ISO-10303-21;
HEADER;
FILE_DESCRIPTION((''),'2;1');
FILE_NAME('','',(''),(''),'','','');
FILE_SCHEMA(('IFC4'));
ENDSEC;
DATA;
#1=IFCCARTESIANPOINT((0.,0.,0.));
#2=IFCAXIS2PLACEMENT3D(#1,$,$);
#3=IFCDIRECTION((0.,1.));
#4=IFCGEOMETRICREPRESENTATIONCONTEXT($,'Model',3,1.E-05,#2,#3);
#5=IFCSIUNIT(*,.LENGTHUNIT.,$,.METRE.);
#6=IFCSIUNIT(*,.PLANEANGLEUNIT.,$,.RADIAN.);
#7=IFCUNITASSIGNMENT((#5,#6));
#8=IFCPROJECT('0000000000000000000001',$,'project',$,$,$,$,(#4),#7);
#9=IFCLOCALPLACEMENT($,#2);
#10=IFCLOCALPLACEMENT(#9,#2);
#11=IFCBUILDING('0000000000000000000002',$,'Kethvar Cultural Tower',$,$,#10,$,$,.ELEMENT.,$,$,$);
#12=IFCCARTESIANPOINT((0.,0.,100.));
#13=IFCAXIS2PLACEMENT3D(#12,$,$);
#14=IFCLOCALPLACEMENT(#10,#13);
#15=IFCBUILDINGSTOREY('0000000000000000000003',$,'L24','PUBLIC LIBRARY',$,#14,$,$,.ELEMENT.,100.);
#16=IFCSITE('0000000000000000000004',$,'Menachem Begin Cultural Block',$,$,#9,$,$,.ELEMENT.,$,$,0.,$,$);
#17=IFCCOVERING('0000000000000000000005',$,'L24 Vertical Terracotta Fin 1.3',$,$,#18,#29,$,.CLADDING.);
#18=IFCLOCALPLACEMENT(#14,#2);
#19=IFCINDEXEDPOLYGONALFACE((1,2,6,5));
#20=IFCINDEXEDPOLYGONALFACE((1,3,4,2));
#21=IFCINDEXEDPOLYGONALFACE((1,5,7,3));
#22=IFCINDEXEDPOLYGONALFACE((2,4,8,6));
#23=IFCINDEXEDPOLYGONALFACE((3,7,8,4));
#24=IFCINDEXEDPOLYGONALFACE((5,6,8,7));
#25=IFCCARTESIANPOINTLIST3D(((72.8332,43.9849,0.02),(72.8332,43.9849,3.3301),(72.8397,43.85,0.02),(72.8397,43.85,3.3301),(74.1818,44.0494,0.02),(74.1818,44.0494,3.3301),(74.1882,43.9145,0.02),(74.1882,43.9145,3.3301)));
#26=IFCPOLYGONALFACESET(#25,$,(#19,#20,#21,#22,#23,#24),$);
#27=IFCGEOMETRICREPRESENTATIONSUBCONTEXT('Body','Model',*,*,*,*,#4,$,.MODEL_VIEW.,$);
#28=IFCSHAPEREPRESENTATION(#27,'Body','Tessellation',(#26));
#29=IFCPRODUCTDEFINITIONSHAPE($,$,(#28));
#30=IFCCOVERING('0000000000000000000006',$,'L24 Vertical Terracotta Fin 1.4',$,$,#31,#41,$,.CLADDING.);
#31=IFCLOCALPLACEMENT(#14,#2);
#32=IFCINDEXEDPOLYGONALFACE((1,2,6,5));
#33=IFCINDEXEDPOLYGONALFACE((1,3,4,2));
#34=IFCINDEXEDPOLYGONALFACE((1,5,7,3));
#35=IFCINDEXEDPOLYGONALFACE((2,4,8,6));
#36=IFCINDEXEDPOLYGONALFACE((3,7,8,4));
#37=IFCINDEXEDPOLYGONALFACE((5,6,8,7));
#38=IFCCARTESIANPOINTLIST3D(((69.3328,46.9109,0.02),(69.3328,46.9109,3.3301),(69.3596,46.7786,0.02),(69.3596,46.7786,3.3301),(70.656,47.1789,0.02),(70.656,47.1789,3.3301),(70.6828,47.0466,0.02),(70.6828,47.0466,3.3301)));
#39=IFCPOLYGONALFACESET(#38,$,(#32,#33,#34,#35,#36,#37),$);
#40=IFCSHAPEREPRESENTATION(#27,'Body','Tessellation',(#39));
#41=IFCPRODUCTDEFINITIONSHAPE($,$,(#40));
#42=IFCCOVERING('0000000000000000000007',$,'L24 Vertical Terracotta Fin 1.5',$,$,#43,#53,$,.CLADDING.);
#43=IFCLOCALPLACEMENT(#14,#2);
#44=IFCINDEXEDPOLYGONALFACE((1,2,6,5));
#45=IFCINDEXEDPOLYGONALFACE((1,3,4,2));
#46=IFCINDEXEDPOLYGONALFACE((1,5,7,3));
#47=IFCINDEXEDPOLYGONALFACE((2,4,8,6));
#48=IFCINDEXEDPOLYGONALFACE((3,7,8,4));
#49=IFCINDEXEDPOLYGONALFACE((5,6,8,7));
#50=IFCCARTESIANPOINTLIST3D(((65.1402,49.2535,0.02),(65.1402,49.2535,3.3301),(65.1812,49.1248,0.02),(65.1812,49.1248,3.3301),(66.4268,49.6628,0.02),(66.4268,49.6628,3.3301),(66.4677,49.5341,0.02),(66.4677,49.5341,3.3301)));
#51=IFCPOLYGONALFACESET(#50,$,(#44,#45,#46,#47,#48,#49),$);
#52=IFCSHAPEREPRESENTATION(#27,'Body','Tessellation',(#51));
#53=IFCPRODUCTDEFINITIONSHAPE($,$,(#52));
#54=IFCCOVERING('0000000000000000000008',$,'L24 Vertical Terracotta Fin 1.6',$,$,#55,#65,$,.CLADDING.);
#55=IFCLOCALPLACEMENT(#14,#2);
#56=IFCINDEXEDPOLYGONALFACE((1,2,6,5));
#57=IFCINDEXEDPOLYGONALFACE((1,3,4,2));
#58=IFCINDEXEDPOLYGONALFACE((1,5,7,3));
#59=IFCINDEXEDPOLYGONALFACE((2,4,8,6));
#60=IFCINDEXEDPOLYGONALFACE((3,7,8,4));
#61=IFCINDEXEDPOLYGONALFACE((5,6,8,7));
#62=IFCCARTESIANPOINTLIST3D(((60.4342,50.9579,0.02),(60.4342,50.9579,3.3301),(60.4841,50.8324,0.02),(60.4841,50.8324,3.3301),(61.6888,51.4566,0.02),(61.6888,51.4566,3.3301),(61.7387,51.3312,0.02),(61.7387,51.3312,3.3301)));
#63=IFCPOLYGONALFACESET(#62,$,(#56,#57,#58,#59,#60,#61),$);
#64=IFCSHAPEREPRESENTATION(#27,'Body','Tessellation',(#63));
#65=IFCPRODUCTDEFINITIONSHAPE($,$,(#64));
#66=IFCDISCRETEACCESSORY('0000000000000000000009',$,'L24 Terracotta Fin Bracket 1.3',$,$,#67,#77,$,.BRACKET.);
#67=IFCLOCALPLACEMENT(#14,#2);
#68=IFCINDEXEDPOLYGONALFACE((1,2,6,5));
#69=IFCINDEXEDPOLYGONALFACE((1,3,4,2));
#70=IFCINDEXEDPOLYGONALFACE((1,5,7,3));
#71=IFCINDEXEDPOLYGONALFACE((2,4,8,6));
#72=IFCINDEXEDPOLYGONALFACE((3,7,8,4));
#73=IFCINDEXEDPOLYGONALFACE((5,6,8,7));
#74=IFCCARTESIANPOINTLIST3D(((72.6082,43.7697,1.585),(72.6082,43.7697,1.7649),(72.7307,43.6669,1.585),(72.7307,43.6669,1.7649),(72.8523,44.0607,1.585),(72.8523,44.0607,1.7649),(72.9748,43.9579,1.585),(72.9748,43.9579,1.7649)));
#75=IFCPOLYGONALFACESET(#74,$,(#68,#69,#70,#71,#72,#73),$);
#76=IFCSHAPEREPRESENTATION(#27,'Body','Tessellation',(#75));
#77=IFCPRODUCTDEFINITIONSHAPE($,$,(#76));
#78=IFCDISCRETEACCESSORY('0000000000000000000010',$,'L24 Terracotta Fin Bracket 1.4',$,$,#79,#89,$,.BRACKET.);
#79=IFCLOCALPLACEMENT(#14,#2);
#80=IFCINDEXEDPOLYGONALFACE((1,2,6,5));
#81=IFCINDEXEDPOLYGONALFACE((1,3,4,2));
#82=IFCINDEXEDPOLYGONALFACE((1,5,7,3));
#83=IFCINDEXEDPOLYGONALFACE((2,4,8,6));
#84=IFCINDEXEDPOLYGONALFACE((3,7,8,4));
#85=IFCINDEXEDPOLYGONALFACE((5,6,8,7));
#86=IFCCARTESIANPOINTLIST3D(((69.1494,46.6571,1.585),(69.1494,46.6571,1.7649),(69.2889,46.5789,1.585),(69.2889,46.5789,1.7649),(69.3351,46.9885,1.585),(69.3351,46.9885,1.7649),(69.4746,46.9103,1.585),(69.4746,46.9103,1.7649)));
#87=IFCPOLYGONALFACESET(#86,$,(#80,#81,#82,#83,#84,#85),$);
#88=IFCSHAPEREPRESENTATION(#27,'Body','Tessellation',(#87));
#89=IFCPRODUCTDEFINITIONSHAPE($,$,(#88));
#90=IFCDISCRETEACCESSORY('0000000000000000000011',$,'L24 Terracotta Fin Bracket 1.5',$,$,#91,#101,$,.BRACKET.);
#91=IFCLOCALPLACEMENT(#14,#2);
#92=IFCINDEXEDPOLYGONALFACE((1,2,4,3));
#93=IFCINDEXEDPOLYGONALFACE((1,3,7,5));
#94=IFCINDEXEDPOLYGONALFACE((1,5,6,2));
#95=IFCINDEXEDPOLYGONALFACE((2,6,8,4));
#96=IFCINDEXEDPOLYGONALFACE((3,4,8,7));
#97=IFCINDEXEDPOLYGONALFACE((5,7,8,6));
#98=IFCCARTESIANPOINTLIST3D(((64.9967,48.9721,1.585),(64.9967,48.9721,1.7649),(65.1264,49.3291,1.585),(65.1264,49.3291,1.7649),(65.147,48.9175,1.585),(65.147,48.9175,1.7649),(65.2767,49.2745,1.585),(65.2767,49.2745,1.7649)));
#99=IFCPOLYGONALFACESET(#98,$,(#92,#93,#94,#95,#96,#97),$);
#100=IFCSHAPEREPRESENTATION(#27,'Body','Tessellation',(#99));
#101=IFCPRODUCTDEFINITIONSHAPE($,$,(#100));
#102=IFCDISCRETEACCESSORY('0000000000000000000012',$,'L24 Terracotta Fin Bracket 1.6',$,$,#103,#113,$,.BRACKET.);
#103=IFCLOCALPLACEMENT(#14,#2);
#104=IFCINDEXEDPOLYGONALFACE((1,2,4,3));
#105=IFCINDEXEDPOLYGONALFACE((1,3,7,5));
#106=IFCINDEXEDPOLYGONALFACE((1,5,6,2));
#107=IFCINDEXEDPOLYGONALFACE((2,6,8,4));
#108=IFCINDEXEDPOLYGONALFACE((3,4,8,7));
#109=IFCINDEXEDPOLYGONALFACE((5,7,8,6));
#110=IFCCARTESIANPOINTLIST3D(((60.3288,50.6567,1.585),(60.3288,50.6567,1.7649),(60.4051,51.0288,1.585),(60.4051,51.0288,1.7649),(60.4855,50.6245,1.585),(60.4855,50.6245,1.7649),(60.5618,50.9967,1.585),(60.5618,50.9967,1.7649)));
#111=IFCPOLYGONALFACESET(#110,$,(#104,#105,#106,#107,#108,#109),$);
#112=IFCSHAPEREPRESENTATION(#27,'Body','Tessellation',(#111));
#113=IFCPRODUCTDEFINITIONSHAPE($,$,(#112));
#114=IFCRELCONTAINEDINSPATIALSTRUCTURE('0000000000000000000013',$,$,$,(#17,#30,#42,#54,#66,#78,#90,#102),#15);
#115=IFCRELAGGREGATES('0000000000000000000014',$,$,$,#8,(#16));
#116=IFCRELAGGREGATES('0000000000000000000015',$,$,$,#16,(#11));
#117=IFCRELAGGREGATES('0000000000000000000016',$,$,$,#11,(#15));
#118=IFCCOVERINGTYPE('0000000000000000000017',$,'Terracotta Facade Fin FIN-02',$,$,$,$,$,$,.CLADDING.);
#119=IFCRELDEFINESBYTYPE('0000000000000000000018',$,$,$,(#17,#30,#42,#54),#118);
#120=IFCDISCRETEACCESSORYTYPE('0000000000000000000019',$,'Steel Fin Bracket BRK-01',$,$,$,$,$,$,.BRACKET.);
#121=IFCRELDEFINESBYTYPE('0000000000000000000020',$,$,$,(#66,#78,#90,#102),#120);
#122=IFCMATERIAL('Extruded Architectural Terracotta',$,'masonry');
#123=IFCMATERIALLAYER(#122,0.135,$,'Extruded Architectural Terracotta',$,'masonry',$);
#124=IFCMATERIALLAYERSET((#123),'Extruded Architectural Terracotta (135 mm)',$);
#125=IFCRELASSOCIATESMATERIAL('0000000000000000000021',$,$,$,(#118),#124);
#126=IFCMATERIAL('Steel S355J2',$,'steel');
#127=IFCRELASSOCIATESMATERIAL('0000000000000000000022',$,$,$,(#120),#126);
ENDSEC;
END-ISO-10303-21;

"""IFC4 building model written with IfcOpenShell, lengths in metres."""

from ifc_helpers import new_model, si_unit, direction, frame, origin, origin_2d, place, context, subcontext, project, spatial, rectangle, extrude, source, transform, mapped, material, layer, layer_set, type_object, element, save


model = new_model("IFC4")

# Units and contexts
model_context = context("Model", 3, precision=1e-05, world=origin(), true_north=direction((0.0, 1.0)))
body_context = subcontext(model_context, "Body", "Model", "MODEL_VIEW")
ifc_project = project(units=[si_unit("LENGTHUNIT", "METRE"), si_unit("PLANEANGLEUNIT", "RADIAN")], contexts=[model_context])

# Site, building, storey
site_placement = place(None, origin())
site = spatial("IfcSite", under=ifc_project, at=site_placement, Name="Menachem Begin Cultural Block", CompositionType="ELEMENT", RefElevation=0.0)
building_placement = place(site_placement, origin())
building = spatial("IfcBuilding", under=site, at=building_placement, Name="Kethvar Cultural Tower", CompositionType="ELEMENT")
storey_placement = place(building_placement, frame((0.0, 0.0, 100.0)))
storey = spatial("IfcBuildingStorey", under=building, at=storey_placement, Name="L24", Description="PUBLIC LIBRARY", CompositionType="ELEMENT", Elevation=100.0)

# Shared definitions
ifc_material_1 = material(Name="Steel S355J2", Category="steel")

# Coverings
ifc_material_2 = material(Name="Extruded Architectural Terracotta", Category="masonry")
ifc_layer_1 = layer(ifc_material_2, 0.135, Name="Extruded Architectural Terracotta", Category="masonry")
ifc_layer_set_1 = layer_set([ifc_layer_1], Name="Extruded Architectural Terracotta (135 mm)")
covering_type = type_object("IfcCoveringType", Name="Terracotta Facade Fin FIN-02", PredefinedType="CLADDING", material=ifc_layer_set_1)
shared_shape_1 = source(origin(), body_context, "Body", "SweptSolid", [
    extrude(rectangle(XDim=1.3501, YDim=0.135, at=origin_2d()), origin(), (0.0, 0.0, 1.0), 3.3101),
])
for number, where, z_axis, x_axis, name in (
    (1, (73.5107, 43.9497, 0.02), (0.0, 0.0, 1.0), (0.998857, 0.047804, 0.0), "L24 Vertical Terracotta Fin 1.3"),
    (2, (70.0078, 46.9788, 0.02), (0.0, 0.0, 1.0), (0.980098, 0.198513, 0.0), "L24 Vertical Terracotta Fin 1.4"),
    (3, (65.804, 49.3938, 0.02), (0.0, 0.0, 1.0), (0.952926, 0.303202, 0.0), "L24 Vertical Terracotta Fin 1.5"),
    (4, (61.0864, 51.1445, 0.02), (0.0, 0.0, 1.0), (0.929262, 0.369422, 0.0), "L24 Vertical Terracotta Fin 1.6"),
):
    element("IfcCovering", number, at=place(storey_placement, frame(where, z_axis=z_axis, x_axis=x_axis)), inside=storey, type_object=covering_type, Name=name, PredefinedType="CLADDING", context=body_context, shape_type="MappedRepresentation", body=[
        mapped(shared_shape_1, transform((0.0, 0.0, 0.0), scale=1.0)),
    ])

# Discrete accessories
discrete_accessory_type = type_object("IfcDiscreteAccessoryType", Name="Steel Fin Bracket BRK-01", PredefinedType="BRACKET", material=ifc_material_1)
shared_shape_2 = source(origin(), body_context, "Body", "SweptSolid", [
    extrude(rectangle(XDim=0.3799, YDim=0.1599, at=origin_2d()), origin(), (0.0, 0.0, 1.0), 0.1799),
])
for number, where, z_axis, x_axis, name in (
    (5, (72.7915, 43.8638, 1.585), (0.0, 0.0, 1.0), (0.642788, 0.766044, 0.0), "L24 Terracotta Fin Bracket 1.3"),
    (6, (69.312, 46.7837, 1.585), (0.0, 0.0, 1.0), (0.488926, 0.872325, 0.0), "L24 Terracotta Fin Bracket 1.4"),
    (7, (65.1367, 49.1233, 1.585), (0.0, 0.0, 1.0), (0.341364, 0.939931, 0.0), "L24 Terracotta Fin Bracket 1.5"),
    (8, (60.4453, 50.8267, 1.585), (0.0, 0.0, 1.0), (0.200907, 0.97961, 0.0), "L24 Terracotta Fin Bracket 1.6"),
):
    element("IfcDiscreteAccessory", number, at=place(storey_placement, frame(where, z_axis=z_axis, x_axis=x_axis)), inside=storey, type_object=discrete_accessory_type, Name=name, PredefinedType="BRACKET", context=body_context, shape_type="MappedRepresentation", body=[
        mapped(shared_shape_2, transform((0.0, 0.0, 0.0), scale=1.0)),
    ])

save(model, "model.ifc")
